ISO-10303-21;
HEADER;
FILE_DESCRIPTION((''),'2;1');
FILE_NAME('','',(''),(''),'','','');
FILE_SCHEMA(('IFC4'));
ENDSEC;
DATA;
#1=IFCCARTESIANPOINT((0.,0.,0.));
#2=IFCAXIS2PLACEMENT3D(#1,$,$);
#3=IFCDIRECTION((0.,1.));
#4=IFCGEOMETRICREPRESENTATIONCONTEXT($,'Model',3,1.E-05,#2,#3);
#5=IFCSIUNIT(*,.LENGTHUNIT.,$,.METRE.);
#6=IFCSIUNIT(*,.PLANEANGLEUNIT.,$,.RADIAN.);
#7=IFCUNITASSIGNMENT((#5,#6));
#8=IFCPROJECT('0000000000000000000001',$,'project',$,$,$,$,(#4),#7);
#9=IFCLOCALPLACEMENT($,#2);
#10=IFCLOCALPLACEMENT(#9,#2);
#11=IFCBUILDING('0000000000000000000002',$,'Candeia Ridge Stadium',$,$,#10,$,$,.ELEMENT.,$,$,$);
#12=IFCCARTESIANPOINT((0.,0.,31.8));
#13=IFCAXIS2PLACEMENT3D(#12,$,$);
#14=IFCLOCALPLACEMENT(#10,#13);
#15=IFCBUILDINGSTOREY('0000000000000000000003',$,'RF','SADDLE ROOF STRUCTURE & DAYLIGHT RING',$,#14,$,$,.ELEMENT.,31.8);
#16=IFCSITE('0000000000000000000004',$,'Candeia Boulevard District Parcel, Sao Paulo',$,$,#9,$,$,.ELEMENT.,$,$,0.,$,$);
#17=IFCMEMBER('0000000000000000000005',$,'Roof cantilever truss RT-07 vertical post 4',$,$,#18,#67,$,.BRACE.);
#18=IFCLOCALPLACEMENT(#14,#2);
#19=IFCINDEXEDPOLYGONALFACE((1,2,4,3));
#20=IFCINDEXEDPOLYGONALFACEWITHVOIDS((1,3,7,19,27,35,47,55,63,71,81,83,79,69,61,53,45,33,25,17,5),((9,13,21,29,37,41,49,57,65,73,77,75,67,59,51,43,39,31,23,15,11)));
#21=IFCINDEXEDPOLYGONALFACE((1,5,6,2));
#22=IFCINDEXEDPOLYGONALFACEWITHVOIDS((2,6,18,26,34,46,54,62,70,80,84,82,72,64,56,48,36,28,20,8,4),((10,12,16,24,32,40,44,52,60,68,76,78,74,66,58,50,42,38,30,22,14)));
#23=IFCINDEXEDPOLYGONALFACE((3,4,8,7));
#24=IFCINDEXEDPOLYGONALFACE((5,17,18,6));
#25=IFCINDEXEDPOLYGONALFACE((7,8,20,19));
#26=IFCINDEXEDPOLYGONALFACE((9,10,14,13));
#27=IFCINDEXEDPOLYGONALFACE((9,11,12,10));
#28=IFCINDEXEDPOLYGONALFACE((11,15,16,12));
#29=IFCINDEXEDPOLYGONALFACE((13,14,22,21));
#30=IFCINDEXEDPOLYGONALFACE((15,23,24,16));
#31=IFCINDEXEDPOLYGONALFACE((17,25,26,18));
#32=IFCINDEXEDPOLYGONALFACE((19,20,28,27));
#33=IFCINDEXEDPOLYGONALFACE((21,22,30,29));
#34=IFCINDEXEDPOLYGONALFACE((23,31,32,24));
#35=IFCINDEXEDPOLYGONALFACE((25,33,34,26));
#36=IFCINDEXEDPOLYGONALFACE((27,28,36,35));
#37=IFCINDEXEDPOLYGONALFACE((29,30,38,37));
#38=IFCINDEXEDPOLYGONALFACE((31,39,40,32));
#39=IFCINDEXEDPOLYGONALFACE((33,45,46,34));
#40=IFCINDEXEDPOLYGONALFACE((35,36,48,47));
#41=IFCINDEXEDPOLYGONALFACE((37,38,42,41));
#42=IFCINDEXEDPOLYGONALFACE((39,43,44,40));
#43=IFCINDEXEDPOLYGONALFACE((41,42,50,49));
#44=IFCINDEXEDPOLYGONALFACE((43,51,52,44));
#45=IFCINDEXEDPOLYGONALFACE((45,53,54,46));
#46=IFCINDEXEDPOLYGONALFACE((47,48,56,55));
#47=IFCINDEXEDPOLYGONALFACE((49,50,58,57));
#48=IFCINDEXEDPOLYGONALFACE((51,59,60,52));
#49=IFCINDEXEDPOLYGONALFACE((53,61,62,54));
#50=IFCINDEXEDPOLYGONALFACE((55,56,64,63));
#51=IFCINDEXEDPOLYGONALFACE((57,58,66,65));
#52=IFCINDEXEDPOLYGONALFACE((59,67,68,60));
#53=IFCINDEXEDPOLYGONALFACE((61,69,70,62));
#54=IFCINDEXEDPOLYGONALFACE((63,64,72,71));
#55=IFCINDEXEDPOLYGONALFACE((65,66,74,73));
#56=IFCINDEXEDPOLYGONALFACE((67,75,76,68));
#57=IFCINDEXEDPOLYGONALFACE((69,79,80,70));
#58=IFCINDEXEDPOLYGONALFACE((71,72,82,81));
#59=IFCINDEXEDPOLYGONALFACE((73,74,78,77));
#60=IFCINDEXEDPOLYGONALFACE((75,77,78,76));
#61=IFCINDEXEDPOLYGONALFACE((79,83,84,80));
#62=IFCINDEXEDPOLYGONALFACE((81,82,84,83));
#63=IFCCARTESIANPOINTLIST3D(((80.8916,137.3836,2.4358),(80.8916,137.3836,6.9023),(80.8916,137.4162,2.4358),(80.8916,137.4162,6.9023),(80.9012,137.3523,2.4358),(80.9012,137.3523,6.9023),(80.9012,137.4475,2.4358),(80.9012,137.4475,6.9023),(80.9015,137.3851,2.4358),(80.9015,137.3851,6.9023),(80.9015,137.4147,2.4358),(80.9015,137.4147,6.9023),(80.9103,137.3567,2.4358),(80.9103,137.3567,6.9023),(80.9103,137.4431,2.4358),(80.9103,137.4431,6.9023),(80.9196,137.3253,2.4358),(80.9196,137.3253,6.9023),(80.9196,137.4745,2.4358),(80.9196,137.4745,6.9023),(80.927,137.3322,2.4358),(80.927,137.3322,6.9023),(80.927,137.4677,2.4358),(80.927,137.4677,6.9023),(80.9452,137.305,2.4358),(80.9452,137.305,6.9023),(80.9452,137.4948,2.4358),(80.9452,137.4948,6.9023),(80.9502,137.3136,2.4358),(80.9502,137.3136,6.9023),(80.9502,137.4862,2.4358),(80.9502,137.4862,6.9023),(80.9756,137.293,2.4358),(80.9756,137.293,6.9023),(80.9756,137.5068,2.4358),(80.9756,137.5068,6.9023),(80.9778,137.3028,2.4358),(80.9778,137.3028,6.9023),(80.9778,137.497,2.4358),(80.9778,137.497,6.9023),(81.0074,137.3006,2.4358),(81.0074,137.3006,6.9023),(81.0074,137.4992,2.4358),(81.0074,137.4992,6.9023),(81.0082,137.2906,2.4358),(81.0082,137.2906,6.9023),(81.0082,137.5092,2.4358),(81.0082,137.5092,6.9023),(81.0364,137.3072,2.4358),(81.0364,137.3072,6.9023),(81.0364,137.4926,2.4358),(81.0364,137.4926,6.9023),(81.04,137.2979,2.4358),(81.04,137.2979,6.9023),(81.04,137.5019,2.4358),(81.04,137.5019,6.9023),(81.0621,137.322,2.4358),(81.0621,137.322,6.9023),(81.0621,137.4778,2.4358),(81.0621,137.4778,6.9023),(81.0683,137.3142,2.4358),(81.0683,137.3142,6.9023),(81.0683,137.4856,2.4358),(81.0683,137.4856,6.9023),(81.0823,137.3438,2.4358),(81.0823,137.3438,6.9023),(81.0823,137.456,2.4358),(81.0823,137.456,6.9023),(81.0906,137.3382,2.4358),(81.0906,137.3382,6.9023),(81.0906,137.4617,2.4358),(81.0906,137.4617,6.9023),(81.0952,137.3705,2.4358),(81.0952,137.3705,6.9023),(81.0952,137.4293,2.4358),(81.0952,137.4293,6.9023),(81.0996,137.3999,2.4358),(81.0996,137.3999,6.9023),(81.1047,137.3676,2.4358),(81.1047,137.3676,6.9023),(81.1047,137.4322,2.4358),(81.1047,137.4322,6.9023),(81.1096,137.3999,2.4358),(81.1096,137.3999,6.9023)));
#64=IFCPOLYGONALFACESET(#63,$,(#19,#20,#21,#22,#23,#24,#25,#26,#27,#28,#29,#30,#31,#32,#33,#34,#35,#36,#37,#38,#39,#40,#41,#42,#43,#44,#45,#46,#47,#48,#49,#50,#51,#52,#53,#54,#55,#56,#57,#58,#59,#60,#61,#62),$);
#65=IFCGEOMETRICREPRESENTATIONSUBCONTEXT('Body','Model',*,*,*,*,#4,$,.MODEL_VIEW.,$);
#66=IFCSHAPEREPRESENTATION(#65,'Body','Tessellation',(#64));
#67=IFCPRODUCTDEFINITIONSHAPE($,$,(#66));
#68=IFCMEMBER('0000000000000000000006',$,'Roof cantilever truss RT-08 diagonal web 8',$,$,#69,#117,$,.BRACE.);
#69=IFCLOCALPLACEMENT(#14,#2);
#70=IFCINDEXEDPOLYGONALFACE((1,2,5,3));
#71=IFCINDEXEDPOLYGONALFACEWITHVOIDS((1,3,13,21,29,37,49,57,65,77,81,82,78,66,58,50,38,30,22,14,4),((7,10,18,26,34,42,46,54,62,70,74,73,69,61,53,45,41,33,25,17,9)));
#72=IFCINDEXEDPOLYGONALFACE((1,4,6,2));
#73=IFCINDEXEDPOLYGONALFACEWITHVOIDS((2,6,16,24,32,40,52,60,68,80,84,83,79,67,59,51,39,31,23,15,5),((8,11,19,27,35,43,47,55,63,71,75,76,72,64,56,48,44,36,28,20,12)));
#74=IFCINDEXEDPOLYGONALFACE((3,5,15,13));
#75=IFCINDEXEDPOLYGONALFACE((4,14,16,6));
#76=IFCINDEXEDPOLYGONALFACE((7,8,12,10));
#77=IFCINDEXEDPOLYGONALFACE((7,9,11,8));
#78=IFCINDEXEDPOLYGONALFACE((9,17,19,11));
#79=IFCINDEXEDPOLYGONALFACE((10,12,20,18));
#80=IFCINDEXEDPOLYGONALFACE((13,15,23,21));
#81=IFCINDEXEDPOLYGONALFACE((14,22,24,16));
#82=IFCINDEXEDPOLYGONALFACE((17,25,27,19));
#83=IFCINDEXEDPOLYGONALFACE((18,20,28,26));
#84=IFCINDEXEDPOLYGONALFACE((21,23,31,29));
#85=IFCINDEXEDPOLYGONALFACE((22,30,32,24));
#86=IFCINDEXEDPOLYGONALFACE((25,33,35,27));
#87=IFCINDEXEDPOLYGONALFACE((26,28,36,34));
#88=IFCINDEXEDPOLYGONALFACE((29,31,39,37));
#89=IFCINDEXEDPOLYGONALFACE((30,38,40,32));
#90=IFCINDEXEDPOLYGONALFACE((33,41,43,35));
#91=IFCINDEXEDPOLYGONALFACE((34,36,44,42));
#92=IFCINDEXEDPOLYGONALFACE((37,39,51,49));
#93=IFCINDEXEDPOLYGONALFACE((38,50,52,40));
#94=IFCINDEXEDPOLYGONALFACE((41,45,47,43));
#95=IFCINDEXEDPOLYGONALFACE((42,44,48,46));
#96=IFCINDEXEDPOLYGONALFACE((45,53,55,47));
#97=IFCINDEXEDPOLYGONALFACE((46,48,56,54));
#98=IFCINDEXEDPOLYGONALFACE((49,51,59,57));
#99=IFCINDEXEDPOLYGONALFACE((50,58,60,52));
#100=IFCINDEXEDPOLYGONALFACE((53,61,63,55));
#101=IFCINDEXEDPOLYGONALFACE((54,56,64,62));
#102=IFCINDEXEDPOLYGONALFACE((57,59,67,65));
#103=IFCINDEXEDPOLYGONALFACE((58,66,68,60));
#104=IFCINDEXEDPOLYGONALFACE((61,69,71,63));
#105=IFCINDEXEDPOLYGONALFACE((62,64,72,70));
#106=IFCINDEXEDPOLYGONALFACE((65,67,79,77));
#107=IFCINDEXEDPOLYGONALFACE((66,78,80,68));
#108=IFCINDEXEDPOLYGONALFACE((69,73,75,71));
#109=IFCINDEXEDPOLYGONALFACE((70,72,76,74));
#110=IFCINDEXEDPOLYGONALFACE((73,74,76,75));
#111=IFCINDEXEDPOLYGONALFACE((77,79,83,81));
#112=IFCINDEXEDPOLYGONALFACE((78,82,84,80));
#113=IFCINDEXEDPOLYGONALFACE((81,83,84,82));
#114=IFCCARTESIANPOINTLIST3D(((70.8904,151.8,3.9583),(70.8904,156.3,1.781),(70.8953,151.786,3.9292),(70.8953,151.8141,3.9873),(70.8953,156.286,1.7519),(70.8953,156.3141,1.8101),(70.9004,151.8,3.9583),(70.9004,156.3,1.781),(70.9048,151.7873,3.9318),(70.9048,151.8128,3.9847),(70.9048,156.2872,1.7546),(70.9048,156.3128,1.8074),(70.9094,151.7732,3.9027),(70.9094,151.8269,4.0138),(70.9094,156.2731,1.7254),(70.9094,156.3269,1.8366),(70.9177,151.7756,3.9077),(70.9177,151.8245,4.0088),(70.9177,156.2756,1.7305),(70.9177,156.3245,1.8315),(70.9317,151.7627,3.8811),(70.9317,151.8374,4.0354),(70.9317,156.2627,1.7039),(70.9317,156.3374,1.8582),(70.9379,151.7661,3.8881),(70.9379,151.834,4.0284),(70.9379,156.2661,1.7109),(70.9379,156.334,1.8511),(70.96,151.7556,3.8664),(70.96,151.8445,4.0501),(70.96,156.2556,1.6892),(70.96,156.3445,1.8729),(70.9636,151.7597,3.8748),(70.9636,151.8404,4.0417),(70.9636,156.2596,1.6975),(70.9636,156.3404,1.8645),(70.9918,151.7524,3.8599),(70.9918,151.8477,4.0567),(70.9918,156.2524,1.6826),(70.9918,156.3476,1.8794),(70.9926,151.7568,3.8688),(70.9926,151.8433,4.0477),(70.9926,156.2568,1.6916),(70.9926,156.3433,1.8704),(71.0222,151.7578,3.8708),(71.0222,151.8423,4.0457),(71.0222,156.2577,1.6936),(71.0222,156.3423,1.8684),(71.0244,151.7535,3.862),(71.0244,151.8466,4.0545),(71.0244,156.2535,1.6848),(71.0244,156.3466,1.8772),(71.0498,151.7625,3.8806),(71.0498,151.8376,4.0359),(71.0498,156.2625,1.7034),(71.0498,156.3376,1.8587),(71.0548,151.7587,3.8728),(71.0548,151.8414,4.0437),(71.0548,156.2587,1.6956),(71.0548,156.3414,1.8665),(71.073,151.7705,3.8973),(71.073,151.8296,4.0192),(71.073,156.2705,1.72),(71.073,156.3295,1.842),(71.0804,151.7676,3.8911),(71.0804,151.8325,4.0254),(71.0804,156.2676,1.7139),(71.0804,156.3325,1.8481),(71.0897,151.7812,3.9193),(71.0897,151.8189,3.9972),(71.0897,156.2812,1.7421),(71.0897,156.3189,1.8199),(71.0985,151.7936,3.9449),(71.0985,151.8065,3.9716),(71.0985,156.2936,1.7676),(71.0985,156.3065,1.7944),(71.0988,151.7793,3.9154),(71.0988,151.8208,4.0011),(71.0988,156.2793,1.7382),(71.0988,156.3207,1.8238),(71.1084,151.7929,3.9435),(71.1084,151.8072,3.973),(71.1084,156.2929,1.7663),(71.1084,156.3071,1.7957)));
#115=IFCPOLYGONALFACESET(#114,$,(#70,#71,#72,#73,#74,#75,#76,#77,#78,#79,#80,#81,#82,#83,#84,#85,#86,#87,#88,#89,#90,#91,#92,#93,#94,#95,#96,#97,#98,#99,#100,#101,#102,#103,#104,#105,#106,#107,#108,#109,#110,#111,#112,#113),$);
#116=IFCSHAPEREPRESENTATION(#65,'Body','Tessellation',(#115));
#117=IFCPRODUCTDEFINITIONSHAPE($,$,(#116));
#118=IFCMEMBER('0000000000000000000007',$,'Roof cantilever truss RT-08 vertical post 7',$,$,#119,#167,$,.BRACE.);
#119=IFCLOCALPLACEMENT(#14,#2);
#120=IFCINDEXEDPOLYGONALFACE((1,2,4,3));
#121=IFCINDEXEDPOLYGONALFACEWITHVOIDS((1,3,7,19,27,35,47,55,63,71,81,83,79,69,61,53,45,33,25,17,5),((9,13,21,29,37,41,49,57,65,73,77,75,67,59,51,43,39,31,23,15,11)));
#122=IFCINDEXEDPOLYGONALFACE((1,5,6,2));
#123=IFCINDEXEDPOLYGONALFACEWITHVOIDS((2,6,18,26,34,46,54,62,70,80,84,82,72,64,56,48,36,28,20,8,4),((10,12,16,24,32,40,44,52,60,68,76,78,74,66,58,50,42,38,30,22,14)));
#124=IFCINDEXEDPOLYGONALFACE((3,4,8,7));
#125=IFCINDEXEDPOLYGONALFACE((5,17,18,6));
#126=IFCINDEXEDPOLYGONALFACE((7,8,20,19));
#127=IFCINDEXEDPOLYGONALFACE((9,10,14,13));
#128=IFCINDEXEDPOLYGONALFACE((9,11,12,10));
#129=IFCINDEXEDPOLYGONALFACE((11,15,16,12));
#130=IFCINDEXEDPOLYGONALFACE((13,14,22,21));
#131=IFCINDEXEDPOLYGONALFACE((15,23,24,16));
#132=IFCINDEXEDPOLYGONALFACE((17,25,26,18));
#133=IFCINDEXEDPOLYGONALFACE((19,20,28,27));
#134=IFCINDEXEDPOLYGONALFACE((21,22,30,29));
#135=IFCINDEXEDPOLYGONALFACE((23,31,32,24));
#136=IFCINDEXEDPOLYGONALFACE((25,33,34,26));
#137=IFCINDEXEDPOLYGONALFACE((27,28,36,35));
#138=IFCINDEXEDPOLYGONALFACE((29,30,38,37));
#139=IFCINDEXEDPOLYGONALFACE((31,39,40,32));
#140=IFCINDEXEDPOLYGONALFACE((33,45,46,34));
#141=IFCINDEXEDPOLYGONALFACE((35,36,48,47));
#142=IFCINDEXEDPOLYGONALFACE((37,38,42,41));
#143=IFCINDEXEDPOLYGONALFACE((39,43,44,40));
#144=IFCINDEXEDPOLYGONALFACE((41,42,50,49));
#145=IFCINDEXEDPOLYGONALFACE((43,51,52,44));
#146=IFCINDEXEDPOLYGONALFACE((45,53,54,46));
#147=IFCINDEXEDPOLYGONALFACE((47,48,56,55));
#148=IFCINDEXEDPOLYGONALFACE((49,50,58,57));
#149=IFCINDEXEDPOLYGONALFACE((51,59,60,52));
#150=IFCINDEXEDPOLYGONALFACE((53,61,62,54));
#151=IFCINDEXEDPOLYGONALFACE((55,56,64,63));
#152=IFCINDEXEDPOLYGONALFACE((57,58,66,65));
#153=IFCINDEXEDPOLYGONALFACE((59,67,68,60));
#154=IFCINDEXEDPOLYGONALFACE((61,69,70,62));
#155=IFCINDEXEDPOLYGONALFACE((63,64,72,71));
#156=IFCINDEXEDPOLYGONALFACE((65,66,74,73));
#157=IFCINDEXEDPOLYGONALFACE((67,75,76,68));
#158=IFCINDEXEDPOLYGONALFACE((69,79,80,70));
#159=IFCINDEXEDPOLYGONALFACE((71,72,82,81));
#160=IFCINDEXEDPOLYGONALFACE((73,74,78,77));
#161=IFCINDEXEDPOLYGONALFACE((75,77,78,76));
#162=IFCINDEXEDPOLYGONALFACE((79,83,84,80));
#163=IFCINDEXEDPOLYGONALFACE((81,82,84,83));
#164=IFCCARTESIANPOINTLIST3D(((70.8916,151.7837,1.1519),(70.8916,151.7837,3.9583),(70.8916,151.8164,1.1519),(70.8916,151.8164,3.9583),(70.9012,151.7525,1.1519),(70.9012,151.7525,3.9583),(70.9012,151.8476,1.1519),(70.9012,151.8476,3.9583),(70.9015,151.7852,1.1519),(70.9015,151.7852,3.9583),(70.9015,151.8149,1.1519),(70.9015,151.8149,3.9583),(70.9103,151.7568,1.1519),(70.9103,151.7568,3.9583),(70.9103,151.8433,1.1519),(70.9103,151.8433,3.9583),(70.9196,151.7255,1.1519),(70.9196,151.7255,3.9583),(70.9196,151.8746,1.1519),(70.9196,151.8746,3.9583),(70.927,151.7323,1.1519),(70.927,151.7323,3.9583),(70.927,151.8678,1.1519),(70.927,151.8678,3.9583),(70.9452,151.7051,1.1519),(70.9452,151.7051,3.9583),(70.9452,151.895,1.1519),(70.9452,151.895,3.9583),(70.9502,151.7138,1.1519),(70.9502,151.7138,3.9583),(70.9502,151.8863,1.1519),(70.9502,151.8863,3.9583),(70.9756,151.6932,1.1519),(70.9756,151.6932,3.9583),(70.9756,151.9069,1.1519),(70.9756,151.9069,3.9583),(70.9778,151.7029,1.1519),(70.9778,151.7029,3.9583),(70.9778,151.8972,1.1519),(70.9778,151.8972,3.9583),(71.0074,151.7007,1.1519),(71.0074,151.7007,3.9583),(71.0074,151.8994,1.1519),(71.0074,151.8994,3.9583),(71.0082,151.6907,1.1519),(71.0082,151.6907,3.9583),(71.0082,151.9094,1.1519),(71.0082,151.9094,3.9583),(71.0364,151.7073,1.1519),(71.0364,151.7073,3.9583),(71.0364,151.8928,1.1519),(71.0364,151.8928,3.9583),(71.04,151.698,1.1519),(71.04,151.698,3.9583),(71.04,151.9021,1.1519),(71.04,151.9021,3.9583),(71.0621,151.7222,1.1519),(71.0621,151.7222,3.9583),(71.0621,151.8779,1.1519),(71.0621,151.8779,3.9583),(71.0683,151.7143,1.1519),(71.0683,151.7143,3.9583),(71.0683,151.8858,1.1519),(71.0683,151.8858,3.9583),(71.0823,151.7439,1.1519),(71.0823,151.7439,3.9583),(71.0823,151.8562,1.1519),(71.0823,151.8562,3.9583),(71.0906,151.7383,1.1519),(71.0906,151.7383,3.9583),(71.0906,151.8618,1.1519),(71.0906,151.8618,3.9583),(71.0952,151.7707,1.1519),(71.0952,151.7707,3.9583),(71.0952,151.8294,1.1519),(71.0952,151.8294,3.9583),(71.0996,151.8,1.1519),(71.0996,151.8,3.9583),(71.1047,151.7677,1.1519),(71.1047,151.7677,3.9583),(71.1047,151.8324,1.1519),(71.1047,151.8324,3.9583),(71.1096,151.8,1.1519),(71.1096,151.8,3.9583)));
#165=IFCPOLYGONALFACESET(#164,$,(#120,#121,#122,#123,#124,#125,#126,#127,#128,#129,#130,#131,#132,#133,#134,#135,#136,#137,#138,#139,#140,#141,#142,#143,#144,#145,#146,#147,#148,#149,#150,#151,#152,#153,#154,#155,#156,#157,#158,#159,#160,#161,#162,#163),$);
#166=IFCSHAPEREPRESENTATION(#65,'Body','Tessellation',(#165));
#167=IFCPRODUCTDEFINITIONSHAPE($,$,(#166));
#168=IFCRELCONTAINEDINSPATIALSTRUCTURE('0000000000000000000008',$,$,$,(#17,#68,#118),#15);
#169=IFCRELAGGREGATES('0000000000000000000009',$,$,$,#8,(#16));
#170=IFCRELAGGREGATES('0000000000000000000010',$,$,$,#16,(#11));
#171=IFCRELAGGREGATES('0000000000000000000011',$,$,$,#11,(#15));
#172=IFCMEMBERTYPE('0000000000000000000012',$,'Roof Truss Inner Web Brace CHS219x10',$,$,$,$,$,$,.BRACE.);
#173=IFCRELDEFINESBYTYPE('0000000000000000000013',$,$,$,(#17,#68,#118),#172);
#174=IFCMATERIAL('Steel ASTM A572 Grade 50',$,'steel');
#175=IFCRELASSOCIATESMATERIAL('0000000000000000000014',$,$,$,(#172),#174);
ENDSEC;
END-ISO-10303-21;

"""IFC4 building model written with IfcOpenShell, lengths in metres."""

from ifc_helpers import new_model, si_unit, direction, frame, origin, origin_2d, place, context, subcontext, project, spatial, hollow_circle, extrude, material, material_profile, profile_set, type_object, element, save


model = new_model("IFC4")

# Units and contexts
model_context = context("Model", 3, precision=1e-05, world=origin(), true_north=direction((0.0, 1.0)))
body_context = subcontext(model_context, "Body", "Model", "MODEL_VIEW")
ifc_project = project(units=[si_unit("LENGTHUNIT", "METRE"), si_unit("PLANEANGLEUNIT", "RADIAN")], contexts=[model_context])

# Site, building, storey
site_placement = place(None, origin())
site = spatial("IfcSite", under=ifc_project, at=site_placement, Name="Candeia Boulevard District Parcel, Sao Paulo", CompositionType="ELEMENT", RefElevation=0.0)
building_placement = place(site_placement, origin())
building = spatial("IfcBuilding", under=site, at=building_placement, Name="Candeia Ridge Stadium", CompositionType="ELEMENT")
storey_placement = place(building_placement, frame((0.0, 0.0, 31.8)))
storey = spatial("IfcBuildingStorey", under=building, at=storey_placement, Name="RF", Description="SADDLE ROOF STRUCTURE & DAYLIGHT RING", CompositionType="ELEMENT", Elevation=31.8)

# Shared definitions
ifc_material_1 = material(Name="Steel ASTM A572 Grade 50", Category="steel")

# Members
ifc_material_profile_1 = material_profile(ifc_material_1, hollow_circle(Radius=0.1096, WallThickness=0.01, at=origin_2d()), Name="CHS219x10", Category="steel")
ifc_profile_set_1 = profile_set([ifc_material_profile_1], Name="Steel ASTM A572 Grade 50")
member_type_1 = type_object("IfcMemberType", Name="Roof Truss Inner Web Brace CHS219x10", PredefinedType="BRACE", material=ifc_profile_set_1)
member_1_placement = place(storey_placement, frame((81.0, 137.3999, 2.4358), z_axis=(0.0, 0.0, 1.0), x_axis=(1.0, 0.0, 0.0)))
element("IfcMember", 1, at=member_1_placement, inside=storey, type_object=member_type_1, Name="Roof cantilever truss RT-07 vertical post 4", PredefinedType="BRACE", context=body_context, shape_type="SweptSolid", body=[
    extrude(hollow_circle(Radius=0.1096, WallThickness=0.01, at=origin_2d()), origin(), (0.0, 0.0, 1.0), 4.4666),
])
member_2_placement = place(storey_placement, frame((71.0, 151.8, 3.9583), z_axis=(0.0, 0.900173, -0.435533), x_axis=(-1.0, 0.0, 0.0)))
element("IfcMember", 2, at=member_2_placement, inside=storey, type_object=member_type_1, Name="Roof cantilever truss RT-08 diagonal web 8", PredefinedType="BRACE", context=body_context, shape_type="SweptSolid", body=[
    extrude(hollow_circle(Radius=0.1096, WallThickness=0.01, at=origin_2d()), origin(), (0.0, 0.0, 1.0), 4.999),
])
member_3_placement = place(storey_placement, frame((71.0, 151.8, 1.1519), z_axis=(0.0, 0.0, 1.0), x_axis=(1.0, 0.0, 0.0)))
element("IfcMember", 3, at=member_3_placement, inside=storey, type_object=member_type_1, Name="Roof cantilever truss RT-08 vertical post 7", PredefinedType="BRACE", context=body_context, shape_type="SweptSolid", body=[
    extrude(hollow_circle(Radius=0.1096, WallThickness=0.01, at=origin_2d()), origin(), (0.0, 0.0, 1.0), 2.8064),
])

save(model, "model.ifc")
